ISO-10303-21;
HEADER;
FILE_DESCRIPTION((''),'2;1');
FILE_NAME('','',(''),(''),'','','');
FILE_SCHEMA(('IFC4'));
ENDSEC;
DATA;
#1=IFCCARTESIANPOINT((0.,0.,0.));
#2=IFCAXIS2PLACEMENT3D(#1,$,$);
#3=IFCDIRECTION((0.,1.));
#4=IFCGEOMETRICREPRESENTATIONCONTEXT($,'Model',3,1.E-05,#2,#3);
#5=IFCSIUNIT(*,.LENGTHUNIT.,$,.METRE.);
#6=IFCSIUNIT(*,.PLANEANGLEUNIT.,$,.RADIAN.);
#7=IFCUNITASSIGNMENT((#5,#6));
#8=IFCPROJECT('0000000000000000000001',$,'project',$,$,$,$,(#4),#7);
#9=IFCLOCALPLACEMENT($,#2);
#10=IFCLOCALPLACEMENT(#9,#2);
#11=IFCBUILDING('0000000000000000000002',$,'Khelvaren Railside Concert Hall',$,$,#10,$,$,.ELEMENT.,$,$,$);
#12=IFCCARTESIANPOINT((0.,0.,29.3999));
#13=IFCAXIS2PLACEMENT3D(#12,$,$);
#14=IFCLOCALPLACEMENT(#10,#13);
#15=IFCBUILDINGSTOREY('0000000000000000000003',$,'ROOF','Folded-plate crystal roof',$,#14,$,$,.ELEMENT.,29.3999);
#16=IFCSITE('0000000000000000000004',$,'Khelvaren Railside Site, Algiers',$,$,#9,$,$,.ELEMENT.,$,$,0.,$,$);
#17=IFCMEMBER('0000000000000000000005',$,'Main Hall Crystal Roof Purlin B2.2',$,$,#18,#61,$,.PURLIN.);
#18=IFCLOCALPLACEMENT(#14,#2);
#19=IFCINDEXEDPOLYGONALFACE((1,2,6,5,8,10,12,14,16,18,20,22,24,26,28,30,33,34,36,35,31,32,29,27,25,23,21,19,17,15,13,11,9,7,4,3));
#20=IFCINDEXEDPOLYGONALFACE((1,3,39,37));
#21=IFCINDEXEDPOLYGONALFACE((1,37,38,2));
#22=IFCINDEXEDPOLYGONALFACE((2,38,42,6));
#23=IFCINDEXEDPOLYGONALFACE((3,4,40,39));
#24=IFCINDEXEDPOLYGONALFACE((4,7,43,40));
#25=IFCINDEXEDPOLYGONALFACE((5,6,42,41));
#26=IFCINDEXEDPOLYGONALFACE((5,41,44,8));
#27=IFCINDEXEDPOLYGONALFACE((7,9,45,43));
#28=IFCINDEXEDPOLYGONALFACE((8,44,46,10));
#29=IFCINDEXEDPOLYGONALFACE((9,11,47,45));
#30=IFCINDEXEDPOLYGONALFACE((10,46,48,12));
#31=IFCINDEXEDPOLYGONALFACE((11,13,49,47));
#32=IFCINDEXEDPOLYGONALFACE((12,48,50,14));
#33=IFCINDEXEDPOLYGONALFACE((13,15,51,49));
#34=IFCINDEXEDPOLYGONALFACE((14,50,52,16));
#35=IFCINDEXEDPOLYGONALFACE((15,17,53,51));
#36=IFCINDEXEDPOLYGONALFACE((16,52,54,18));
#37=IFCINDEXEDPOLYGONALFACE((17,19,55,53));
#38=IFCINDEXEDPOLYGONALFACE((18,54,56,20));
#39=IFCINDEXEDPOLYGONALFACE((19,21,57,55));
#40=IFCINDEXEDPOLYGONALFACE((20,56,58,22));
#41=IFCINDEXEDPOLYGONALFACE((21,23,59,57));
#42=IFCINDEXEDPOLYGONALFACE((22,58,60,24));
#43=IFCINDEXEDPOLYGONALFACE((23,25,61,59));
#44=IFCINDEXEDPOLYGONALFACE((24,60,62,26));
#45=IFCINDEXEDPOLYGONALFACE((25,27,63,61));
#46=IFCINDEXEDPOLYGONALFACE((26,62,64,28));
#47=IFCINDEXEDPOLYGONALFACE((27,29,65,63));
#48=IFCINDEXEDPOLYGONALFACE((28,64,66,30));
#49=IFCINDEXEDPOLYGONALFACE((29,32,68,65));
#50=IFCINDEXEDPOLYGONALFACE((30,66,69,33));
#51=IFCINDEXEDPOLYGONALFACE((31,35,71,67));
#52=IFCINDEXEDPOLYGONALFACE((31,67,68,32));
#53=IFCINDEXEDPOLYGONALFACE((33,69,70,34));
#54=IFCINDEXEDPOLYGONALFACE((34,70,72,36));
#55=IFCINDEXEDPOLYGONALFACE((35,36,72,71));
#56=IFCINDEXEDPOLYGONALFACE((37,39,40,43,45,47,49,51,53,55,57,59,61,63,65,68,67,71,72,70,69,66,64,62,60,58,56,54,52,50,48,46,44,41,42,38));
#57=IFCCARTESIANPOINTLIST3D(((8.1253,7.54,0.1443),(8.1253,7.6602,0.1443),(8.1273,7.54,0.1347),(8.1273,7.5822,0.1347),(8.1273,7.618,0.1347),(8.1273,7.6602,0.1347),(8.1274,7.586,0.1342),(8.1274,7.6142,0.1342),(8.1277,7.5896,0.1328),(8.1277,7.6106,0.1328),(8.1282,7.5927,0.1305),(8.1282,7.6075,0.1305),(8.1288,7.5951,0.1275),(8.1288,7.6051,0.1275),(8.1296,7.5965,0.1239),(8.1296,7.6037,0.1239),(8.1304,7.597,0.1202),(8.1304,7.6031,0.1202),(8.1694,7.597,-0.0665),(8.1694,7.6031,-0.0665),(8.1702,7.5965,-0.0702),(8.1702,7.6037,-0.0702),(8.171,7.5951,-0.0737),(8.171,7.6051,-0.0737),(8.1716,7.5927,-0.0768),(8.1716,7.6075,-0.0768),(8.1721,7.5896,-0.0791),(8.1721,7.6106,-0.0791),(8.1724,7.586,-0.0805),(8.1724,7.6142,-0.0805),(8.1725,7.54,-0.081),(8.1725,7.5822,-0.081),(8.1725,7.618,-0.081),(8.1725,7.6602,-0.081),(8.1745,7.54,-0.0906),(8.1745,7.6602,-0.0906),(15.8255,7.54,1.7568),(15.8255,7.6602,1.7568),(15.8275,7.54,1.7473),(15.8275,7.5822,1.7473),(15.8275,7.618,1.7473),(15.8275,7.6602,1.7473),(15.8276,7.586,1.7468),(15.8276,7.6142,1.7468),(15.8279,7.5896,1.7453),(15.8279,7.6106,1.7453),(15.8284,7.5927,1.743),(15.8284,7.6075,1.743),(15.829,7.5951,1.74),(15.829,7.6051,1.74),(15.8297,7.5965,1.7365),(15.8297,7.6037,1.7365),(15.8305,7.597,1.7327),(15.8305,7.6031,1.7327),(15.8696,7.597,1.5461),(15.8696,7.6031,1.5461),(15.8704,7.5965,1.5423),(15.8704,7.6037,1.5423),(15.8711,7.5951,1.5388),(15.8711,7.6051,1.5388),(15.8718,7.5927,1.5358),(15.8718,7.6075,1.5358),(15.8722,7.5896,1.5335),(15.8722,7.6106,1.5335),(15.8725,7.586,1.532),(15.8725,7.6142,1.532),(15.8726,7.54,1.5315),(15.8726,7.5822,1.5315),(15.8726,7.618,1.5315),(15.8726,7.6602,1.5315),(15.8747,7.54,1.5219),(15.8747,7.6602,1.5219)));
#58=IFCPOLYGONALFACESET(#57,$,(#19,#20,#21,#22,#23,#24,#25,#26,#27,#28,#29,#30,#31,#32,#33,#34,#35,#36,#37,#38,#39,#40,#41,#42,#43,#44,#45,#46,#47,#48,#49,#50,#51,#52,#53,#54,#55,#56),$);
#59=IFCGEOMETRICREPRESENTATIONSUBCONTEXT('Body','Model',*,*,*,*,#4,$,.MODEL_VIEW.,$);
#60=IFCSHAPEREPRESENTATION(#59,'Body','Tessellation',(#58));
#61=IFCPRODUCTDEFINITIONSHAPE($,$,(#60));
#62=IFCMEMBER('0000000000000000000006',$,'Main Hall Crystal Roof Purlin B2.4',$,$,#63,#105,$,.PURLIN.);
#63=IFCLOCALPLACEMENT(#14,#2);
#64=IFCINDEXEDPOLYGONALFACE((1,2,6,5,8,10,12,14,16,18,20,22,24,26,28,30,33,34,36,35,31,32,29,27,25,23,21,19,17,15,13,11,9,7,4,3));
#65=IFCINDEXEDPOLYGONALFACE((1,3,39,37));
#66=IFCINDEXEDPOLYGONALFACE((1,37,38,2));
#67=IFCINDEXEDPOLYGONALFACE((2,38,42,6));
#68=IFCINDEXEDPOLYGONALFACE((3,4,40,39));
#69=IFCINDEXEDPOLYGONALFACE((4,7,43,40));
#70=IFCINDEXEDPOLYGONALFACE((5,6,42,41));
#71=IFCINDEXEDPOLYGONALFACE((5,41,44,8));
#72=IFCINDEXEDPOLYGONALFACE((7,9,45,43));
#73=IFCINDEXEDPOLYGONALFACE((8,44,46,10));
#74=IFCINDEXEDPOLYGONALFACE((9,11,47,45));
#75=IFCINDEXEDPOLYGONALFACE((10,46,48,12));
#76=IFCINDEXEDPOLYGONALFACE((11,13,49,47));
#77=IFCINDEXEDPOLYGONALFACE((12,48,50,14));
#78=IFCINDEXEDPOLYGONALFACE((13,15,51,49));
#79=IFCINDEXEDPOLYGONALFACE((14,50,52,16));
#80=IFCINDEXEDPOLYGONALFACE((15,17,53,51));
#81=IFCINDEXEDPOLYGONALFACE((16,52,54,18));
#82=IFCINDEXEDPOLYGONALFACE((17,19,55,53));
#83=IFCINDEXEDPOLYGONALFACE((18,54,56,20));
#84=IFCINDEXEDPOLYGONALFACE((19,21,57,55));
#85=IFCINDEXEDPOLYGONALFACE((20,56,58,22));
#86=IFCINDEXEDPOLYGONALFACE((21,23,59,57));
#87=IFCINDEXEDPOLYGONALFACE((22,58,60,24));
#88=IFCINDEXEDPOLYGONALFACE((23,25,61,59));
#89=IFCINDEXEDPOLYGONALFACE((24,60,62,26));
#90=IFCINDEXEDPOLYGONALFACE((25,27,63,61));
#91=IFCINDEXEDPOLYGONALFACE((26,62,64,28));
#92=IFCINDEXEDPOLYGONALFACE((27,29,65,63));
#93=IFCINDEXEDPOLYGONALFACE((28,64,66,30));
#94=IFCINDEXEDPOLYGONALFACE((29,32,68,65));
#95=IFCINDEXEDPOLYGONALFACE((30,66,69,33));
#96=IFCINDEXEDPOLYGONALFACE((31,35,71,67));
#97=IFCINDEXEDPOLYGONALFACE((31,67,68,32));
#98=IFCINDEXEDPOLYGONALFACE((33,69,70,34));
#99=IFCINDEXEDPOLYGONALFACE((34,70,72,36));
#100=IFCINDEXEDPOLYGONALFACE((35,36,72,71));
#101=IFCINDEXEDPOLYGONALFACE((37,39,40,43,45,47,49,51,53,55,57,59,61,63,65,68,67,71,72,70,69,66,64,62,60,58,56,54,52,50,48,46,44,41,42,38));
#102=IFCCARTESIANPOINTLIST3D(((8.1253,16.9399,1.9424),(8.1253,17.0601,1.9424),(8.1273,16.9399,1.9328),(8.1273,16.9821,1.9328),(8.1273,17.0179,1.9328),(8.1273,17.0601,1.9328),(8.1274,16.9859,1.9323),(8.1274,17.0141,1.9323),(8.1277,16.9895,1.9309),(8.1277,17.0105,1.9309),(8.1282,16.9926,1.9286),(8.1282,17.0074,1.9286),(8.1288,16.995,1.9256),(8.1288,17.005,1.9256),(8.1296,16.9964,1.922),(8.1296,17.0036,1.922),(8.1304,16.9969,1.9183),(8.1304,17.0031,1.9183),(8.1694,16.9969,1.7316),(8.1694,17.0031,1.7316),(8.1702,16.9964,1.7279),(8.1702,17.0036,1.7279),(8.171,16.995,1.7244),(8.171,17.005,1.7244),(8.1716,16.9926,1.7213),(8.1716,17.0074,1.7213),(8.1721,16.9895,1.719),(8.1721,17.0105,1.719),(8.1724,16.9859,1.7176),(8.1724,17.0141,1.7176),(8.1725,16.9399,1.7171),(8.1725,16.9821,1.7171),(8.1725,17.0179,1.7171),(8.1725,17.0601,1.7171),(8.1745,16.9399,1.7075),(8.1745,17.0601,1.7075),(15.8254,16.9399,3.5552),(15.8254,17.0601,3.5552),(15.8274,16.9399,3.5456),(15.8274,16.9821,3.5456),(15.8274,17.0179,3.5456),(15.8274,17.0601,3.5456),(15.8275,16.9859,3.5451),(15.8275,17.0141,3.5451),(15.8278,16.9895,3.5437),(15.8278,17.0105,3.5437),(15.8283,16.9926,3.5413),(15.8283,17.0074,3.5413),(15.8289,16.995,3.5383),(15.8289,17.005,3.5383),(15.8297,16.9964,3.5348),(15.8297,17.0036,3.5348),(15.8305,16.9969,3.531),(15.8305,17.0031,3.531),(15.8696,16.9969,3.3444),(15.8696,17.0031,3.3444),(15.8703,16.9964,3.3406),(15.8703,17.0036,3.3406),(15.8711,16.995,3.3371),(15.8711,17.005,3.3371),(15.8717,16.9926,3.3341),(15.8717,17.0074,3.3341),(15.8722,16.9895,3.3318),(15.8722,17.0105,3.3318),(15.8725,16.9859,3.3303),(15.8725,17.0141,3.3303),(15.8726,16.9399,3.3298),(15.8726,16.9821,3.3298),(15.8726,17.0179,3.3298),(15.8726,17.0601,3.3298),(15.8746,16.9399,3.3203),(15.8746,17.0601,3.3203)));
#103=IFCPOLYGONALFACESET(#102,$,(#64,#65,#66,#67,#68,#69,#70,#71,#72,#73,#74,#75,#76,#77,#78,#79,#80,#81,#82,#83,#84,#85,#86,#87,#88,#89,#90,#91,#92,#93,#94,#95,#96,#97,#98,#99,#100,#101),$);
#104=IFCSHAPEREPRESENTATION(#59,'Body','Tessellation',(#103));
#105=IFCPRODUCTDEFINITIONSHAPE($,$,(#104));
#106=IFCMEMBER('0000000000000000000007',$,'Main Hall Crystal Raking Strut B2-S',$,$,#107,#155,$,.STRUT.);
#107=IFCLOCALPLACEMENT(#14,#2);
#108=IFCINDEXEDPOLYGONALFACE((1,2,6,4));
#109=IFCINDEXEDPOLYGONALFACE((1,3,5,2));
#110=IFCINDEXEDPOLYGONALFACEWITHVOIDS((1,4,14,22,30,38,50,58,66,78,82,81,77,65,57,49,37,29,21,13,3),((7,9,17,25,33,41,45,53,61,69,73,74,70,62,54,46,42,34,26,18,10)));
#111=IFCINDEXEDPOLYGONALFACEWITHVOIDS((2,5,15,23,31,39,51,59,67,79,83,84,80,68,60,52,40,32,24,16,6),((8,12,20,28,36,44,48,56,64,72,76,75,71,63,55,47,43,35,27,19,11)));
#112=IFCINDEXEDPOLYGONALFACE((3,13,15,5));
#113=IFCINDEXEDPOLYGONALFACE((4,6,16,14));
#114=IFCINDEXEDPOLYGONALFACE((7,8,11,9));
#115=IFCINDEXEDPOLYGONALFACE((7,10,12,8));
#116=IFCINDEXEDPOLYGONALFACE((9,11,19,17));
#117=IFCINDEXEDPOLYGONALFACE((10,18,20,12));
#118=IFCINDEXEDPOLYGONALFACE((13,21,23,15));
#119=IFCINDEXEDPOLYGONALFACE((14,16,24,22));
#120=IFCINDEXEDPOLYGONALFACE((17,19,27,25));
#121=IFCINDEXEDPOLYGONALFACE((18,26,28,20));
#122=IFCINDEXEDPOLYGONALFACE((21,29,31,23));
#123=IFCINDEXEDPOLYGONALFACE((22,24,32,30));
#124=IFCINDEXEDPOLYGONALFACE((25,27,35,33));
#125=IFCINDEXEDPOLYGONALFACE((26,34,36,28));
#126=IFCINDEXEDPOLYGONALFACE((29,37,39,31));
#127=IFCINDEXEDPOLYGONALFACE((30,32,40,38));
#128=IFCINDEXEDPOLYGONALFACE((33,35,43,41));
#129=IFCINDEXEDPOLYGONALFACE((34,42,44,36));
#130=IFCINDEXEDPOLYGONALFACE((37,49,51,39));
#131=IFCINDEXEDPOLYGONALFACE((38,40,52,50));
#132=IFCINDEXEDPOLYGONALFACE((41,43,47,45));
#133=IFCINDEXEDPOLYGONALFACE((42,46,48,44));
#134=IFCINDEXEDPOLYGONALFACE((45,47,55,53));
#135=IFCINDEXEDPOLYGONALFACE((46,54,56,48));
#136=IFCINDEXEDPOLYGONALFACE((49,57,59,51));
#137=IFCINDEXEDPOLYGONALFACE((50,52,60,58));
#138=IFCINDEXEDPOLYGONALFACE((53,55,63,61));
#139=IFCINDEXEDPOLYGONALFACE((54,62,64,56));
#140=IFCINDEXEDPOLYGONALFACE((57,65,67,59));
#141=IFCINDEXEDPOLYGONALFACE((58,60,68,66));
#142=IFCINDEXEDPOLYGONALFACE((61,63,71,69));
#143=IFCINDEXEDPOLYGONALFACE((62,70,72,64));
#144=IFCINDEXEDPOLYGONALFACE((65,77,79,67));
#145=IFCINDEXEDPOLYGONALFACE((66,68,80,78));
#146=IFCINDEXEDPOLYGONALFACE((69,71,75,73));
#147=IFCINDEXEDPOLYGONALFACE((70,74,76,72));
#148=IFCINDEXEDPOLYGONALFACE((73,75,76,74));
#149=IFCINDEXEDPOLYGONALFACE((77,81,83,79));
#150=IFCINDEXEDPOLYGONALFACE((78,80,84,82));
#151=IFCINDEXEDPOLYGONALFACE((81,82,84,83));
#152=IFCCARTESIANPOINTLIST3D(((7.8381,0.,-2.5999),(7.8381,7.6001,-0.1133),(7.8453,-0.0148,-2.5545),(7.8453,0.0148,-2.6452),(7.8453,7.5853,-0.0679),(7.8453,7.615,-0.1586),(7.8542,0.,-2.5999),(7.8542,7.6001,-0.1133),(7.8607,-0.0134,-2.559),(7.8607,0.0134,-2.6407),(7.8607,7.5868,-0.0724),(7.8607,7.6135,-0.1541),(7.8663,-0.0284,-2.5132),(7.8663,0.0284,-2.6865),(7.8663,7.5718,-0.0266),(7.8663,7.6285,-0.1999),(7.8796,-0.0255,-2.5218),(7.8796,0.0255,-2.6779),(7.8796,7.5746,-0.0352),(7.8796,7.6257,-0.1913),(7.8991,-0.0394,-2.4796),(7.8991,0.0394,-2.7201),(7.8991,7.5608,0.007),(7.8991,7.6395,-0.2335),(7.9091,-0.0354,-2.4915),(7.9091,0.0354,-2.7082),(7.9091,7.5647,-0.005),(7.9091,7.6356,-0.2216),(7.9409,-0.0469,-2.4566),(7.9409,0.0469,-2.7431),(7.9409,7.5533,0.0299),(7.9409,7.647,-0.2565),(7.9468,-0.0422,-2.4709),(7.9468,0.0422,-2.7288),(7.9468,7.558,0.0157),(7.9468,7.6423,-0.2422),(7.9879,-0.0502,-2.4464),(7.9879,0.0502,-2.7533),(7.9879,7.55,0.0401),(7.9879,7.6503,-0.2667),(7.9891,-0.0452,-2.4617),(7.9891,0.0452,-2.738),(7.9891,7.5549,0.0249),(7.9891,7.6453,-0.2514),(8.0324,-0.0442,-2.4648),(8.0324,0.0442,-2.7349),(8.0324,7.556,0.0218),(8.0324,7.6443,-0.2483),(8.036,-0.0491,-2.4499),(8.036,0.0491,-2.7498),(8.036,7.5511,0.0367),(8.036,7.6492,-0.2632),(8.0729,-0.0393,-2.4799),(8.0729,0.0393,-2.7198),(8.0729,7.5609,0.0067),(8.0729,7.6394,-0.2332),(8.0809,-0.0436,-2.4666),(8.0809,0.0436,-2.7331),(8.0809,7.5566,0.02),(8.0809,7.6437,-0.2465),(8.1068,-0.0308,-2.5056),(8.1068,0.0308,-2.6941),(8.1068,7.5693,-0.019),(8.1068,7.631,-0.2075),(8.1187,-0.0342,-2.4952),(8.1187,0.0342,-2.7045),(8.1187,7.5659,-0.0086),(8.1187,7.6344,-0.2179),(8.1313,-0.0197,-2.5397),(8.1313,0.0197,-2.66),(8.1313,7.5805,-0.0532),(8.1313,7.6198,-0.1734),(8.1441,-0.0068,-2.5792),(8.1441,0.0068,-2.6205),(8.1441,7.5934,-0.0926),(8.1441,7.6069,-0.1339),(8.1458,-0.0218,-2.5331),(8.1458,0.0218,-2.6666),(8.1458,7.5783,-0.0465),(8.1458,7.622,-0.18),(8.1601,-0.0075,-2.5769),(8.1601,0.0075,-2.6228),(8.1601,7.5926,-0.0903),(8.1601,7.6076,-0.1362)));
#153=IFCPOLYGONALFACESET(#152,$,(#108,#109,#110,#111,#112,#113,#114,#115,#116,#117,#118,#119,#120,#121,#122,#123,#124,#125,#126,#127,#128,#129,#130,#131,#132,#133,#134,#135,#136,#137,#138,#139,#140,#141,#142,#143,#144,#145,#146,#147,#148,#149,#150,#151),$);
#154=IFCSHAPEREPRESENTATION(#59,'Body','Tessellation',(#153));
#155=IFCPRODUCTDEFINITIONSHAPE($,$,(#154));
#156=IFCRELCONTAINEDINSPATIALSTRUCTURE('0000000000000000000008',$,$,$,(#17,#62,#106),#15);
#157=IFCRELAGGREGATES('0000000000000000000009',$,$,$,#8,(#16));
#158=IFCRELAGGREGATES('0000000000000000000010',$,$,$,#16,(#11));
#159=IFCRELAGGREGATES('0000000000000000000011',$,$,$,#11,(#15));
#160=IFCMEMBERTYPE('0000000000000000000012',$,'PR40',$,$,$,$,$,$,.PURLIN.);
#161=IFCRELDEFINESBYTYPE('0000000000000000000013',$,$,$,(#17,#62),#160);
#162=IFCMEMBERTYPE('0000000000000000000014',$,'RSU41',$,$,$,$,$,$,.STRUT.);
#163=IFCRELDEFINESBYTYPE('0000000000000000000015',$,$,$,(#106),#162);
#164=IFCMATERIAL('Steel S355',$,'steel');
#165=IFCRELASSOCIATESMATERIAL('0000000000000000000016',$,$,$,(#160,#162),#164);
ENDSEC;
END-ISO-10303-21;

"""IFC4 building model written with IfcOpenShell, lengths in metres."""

from ifc_helpers import new_model, si_unit, direction, frame, origin, origin_2d, place, context, subcontext, project, spatial, hollow_circle, i_section, extrude, material, material_profile, profile_set, type_object, element, save


model = new_model("IFC4")

# Units and contexts
model_context = context("Model", 3, precision=1e-05, world=origin(), true_north=direction((0.0, 1.0)))
body_context = subcontext(model_context, "Body", "Model", "MODEL_VIEW")
ifc_project = project(units=[si_unit("LENGTHUNIT", "METRE"), si_unit("PLANEANGLEUNIT", "RADIAN")], contexts=[model_context])

# Site, building, storey
site_placement = place(None, origin())
site = spatial("IfcSite", under=ifc_project, at=site_placement, Name="Khelvaren Railside Site, Algiers", CompositionType="ELEMENT", RefElevation=0.0)
building_placement = place(site_placement, origin())
building = spatial("IfcBuilding", under=site, at=building_placement, Name="Khelvaren Railside Concert Hall", CompositionType="ELEMENT")
storey_placement = place(building_placement, frame((0.0, 0.0, 29.3999)))
storey = spatial("IfcBuildingStorey", under=building, at=storey_placement, Name="ROOF", Description="Folded-plate crystal roof", CompositionType="ELEMENT", Elevation=29.3999)

# Shared definitions
ifc_material_1 = material(Name="Steel S355", Category="steel")

# Members
ifc_material_profile_1 = material_profile(ifc_material_1, i_section(OverallWidth=0.1201, OverallDepth=0.24, WebThickness=0.0061, FlangeThickness=0.0098, FilletRadius=0.0149, at=origin_2d()), Name="IPE 240")
ifc_profile_set_1 = profile_set([ifc_material_profile_1], Name="Steel S355")
member_type_1 = type_object("IfcMemberType", Name="PR40", PredefinedType="PURLIN", material=ifc_profile_set_1)
for number, where, z_axis, x_axis, name in (
    (1, (8.1499, 7.6001, 0.0269), (0.978768, 0.0, 0.20497), (0.0, 1.0, 0.0), "Main Hall Crystal Roof Purlin B2.2"),
    (2, (8.1499, 17.0, 1.825), (0.978762, 0.0, 0.205), (0.0, 1.0, 0.0), "Main Hall Crystal Roof Purlin B2.4"),
):
    element("IfcMember", number, at=place(storey_placement, frame(where, z_axis=z_axis, x_axis=x_axis)), inside=storey, type_object=member_type_1, Name=name, PredefinedType="PURLIN", context=body_context, shape_type="SweptSolid", body=[
        extrude(i_section(OverallWidth=0.1201, OverallDepth=0.24, WebThickness=0.0061, FlangeThickness=0.0098, FilletRadius=0.0149, at=origin_2d()), origin(), (0.0, 0.0, 1.0), 7.8672),
    ])
ifc_material_profile_2 = material_profile(ifc_material_1, hollow_circle(Radius=0.1619, WallThickness=0.0161, at=origin_2d()), Name="CHS 323.9x16")
ifc_profile_set_2 = profile_set([ifc_material_profile_2], Name="Steel S355")
member_type_2 = type_object("IfcMemberType", Name="RSU41", PredefinedType="STRUT", material=ifc_profile_set_2)
member_1_placement = place(storey_placement, frame((8.0, 0.0, -2.5999), z_axis=(0.0, 0.950424, 0.310956), x_axis=(-1.0, 0.0, 0.0)))
element("IfcMember", 3, at=member_1_placement, inside=storey, type_object=member_type_2, Name="Main Hall Crystal Raking Strut B2-S", PredefinedType="STRUT", context=body_context, shape_type="SweptSolid", body=[
    extrude(hollow_circle(Radius=0.1619, WallThickness=0.0161, at=origin_2d()), origin(), (0.0, 0.0, 1.0), 7.9966),
])

save(model, "model.ifc")
